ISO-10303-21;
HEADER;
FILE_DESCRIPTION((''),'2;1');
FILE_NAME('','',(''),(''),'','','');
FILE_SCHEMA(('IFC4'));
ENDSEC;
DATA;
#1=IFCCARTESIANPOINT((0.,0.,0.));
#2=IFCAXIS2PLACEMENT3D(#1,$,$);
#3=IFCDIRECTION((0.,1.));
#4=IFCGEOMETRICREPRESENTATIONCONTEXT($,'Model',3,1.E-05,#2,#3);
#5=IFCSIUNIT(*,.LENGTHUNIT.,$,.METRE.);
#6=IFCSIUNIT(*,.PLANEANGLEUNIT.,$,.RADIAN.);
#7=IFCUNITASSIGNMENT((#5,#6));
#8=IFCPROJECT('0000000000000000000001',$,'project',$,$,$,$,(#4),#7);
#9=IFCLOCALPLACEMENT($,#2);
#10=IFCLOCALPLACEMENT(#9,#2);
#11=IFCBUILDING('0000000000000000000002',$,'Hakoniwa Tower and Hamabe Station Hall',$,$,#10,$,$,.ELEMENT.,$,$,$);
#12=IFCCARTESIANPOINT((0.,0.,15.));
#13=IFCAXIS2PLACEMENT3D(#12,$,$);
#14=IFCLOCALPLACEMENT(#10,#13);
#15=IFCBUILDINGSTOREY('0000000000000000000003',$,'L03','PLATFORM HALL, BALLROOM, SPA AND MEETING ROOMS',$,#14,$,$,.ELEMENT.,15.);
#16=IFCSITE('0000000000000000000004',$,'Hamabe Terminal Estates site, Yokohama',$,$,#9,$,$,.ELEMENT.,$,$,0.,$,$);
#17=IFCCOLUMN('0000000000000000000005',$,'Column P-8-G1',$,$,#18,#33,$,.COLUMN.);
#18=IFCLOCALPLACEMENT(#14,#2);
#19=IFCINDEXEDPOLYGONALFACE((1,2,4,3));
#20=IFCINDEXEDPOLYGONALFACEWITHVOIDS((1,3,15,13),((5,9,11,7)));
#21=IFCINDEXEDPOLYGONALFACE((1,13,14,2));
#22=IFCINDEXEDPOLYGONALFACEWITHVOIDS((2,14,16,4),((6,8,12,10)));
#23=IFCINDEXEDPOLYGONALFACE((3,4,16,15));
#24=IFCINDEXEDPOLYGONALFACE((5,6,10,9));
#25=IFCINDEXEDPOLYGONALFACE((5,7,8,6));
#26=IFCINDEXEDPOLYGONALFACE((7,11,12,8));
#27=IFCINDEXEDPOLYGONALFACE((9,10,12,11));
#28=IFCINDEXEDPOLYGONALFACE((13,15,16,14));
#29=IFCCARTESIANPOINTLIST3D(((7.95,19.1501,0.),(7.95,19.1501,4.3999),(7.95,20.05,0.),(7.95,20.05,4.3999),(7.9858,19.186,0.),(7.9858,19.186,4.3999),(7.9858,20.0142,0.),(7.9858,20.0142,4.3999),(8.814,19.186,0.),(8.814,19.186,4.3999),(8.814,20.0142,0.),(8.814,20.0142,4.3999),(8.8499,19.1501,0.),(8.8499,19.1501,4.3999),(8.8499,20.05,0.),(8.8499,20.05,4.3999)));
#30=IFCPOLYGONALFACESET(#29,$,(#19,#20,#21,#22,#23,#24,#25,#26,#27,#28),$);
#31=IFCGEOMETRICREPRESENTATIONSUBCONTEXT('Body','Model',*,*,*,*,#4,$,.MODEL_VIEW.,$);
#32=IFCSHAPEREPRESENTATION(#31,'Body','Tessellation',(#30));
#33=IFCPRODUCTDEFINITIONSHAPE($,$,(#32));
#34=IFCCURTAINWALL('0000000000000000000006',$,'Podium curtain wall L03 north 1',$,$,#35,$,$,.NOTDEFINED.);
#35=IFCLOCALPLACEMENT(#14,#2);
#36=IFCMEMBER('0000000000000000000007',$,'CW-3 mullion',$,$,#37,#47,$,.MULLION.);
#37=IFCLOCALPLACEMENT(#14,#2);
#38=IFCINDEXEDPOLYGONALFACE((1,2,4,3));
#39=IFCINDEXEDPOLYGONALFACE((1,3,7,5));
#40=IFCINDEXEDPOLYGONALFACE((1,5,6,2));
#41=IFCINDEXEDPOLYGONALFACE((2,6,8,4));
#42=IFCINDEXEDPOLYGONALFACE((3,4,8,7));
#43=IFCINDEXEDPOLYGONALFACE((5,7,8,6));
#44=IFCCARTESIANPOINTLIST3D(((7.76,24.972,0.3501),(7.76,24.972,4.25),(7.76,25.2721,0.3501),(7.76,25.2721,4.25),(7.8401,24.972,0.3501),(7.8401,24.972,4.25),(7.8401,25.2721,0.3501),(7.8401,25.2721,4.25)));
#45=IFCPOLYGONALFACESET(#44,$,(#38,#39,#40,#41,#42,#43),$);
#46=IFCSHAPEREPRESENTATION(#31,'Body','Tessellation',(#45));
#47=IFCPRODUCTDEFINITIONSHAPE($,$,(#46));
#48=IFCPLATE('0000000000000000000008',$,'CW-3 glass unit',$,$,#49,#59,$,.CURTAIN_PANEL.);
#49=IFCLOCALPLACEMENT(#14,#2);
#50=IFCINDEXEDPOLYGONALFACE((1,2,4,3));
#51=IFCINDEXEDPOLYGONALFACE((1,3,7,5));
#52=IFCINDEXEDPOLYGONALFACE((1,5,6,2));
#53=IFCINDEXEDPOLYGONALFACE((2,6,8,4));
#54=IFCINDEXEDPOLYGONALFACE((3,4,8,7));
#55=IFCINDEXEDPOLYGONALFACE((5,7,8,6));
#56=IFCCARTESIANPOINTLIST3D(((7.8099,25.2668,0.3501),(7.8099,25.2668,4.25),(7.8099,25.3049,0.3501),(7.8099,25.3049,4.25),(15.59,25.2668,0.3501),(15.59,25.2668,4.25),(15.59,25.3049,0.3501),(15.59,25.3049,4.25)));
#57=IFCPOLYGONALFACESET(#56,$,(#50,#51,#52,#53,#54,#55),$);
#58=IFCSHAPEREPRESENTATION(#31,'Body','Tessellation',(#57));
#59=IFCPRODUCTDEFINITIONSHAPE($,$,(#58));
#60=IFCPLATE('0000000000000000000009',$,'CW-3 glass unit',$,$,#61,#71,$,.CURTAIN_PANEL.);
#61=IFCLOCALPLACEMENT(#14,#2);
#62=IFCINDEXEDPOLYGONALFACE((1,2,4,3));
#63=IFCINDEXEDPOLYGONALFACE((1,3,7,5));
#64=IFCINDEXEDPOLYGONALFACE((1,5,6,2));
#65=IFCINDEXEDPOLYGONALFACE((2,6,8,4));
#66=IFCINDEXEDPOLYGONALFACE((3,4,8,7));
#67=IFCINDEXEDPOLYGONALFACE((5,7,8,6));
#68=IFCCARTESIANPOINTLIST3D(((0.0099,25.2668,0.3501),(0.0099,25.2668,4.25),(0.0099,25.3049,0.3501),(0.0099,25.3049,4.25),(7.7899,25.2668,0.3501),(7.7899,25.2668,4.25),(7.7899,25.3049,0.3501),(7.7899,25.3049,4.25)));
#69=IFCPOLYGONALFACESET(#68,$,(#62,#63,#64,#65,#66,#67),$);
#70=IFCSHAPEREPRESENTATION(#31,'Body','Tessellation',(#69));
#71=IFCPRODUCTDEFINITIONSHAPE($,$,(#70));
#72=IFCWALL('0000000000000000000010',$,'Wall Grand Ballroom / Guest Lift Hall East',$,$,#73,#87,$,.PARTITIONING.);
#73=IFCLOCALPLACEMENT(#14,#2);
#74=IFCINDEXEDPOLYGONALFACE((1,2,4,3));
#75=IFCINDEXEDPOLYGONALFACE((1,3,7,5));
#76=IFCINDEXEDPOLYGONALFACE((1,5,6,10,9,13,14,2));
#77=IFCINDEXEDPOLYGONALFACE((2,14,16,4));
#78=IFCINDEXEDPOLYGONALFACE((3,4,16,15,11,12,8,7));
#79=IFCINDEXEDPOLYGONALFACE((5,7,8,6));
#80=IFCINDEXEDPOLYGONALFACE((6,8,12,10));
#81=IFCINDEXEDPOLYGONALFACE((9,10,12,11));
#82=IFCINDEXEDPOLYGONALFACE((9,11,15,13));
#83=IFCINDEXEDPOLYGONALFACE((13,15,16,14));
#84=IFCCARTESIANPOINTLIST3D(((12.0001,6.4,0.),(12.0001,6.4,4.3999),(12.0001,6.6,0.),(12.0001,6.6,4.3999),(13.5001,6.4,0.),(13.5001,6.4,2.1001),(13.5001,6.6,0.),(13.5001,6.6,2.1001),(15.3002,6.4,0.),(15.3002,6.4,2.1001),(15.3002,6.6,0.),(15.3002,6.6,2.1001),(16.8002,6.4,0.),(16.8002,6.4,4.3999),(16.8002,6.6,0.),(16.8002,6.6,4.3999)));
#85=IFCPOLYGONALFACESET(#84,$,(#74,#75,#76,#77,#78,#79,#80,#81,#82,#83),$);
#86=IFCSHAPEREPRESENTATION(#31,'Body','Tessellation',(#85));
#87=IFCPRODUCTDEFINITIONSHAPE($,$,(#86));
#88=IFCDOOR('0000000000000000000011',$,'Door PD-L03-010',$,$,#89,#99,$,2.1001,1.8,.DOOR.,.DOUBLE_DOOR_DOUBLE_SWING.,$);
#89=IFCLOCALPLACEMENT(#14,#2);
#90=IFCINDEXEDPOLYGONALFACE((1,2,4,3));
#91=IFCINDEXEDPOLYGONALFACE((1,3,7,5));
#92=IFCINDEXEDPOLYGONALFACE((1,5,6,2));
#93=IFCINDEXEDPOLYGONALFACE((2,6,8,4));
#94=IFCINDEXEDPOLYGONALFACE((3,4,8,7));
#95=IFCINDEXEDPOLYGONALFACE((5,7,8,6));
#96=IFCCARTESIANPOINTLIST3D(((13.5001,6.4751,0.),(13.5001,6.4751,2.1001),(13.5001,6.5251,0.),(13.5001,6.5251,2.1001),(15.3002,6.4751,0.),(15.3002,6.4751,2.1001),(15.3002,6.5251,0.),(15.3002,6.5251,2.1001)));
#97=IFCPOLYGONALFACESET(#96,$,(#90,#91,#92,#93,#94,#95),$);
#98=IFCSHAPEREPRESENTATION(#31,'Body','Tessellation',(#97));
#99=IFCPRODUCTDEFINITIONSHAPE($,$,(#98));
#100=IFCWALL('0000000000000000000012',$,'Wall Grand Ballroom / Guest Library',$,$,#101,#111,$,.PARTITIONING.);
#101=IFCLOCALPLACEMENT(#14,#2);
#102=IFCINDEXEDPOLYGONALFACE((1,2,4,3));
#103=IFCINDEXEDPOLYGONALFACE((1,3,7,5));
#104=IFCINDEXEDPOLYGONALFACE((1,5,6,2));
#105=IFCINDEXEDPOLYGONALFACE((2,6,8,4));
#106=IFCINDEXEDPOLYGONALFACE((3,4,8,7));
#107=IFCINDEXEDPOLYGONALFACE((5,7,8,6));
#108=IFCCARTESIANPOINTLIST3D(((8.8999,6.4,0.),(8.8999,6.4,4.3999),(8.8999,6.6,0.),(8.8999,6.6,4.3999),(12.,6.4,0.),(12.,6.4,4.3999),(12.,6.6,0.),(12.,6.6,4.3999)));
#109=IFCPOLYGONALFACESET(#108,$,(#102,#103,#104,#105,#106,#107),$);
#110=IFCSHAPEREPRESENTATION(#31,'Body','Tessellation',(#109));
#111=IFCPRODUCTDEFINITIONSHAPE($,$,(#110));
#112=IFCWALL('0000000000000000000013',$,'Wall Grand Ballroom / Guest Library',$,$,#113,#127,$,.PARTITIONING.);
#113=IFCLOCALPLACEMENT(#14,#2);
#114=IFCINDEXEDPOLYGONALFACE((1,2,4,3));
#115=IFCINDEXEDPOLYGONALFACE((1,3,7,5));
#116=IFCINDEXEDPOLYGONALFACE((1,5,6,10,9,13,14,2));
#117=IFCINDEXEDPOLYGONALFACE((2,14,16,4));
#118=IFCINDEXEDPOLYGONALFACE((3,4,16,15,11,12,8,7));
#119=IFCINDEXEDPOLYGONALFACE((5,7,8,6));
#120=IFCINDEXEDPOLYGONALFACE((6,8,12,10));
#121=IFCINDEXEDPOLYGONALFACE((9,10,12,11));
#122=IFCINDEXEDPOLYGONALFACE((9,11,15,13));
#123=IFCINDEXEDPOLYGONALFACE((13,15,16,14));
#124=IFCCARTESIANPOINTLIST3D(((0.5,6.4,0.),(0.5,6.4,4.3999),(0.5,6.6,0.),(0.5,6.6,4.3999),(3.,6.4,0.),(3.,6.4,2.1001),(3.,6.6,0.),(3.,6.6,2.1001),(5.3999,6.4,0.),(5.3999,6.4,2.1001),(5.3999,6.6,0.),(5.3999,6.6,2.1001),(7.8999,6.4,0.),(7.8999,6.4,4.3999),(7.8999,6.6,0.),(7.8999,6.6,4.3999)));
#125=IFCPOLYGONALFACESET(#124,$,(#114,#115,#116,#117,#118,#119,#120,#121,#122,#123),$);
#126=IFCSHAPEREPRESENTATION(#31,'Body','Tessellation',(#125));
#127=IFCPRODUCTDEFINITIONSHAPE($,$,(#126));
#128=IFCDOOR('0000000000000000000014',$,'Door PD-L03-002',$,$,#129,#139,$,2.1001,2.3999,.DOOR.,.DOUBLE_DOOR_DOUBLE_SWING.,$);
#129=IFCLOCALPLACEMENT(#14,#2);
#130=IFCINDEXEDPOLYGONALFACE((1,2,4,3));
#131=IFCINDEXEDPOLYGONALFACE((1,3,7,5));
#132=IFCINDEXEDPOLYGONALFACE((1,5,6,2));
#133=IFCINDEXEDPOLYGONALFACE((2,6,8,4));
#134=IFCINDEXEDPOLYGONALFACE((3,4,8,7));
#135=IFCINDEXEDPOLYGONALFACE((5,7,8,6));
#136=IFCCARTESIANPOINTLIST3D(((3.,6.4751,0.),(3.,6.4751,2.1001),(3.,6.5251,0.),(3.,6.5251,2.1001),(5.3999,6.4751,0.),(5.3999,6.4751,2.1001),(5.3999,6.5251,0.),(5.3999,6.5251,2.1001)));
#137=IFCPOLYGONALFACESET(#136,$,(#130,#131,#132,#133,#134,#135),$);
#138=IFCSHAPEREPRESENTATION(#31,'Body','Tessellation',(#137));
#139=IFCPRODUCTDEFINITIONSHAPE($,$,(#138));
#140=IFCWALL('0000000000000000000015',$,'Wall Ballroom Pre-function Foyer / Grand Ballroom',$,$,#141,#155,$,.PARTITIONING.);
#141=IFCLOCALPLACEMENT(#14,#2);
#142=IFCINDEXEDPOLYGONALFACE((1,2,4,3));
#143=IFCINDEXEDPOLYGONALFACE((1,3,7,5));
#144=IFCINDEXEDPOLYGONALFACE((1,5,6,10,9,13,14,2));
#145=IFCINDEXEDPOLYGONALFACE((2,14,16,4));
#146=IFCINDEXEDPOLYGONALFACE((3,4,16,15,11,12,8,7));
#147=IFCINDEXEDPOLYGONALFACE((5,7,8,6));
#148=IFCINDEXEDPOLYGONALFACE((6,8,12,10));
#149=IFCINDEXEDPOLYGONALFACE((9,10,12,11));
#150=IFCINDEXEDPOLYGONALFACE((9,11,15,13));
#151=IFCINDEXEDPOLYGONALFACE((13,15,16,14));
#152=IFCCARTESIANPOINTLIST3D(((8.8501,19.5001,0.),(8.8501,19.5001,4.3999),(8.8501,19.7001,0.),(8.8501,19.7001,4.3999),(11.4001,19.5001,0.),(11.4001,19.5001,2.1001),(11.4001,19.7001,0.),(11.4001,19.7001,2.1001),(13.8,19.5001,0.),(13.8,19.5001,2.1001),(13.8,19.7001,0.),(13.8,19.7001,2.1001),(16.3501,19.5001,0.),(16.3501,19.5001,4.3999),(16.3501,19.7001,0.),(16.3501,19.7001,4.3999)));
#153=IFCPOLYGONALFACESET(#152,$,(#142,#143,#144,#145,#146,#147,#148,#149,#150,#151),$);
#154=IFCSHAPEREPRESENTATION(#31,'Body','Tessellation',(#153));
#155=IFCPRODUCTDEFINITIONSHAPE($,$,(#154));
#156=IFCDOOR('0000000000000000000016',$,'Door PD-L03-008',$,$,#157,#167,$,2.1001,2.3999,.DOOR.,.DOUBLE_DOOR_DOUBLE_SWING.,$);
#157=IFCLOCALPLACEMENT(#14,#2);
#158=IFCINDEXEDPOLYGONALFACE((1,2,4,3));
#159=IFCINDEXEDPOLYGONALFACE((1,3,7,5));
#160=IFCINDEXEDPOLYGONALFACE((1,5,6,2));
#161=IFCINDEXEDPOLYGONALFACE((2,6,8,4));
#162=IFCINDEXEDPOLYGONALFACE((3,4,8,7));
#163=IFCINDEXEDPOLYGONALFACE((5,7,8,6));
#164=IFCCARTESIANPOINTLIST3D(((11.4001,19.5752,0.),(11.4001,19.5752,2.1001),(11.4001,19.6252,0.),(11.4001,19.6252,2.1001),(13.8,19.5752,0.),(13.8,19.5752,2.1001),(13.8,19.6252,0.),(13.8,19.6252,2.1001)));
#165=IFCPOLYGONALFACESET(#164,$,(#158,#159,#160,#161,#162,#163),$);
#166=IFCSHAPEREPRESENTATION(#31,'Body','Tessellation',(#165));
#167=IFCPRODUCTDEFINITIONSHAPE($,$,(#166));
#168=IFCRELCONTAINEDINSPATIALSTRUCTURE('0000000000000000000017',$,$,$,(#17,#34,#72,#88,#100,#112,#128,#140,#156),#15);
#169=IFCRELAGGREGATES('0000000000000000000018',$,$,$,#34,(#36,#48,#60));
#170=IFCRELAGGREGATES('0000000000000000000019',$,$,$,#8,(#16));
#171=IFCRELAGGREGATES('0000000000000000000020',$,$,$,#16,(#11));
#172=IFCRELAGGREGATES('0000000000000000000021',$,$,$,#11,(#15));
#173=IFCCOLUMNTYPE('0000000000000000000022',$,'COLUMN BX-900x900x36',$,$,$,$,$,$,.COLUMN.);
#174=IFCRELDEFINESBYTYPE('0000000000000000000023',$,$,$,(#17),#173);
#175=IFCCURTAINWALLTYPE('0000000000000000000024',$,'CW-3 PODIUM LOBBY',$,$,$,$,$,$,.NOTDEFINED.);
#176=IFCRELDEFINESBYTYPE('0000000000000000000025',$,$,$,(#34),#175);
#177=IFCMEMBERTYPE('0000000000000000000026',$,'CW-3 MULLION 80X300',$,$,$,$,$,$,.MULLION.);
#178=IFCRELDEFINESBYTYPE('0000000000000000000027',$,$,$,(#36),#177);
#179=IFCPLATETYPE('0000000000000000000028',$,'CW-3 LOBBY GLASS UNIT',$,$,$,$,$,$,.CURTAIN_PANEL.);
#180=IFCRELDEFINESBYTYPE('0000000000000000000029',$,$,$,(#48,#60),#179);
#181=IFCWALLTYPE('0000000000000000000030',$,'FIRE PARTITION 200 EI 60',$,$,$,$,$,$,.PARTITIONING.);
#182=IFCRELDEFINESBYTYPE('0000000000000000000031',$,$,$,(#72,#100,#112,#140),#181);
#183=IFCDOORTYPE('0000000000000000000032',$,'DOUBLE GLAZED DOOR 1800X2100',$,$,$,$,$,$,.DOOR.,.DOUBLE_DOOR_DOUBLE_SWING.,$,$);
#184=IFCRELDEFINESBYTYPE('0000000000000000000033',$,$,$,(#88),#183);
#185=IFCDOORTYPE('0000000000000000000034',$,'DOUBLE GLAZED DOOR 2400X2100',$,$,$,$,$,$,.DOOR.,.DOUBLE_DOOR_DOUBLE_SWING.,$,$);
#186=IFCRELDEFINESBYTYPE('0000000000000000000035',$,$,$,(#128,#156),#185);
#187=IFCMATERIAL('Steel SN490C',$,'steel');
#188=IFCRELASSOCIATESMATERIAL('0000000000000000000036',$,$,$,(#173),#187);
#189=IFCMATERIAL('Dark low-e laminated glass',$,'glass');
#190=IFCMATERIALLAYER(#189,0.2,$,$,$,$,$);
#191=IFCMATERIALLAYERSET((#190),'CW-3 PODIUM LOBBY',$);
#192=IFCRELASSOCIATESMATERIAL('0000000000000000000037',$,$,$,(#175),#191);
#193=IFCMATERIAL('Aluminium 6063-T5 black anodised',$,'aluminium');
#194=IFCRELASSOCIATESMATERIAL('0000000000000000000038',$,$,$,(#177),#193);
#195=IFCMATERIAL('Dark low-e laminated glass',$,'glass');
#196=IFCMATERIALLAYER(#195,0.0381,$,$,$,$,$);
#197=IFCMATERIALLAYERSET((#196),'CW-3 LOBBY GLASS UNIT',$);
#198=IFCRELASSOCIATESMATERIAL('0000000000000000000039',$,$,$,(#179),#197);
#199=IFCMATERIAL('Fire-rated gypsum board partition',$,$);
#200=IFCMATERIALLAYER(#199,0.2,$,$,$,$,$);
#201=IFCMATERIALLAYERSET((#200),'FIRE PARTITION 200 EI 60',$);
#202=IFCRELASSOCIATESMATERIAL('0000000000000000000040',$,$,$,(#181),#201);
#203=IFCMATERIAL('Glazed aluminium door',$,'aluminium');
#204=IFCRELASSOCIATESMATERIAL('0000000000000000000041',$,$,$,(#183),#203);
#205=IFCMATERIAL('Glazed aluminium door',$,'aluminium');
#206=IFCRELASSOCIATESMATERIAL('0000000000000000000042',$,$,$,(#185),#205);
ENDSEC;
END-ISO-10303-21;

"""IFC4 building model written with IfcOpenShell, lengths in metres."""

from ifc_helpers import new_model, si_unit, direction, frame, frame_2d, origin, origin_2d, place, context, subcontext, project, spatial, rectangle, hollow_rectangle, extrude, material, layer, layer_set, material_profile, profile_set, type_object, element, fill, aggregate, save


model = new_model("IFC4")

# Units and contexts
model_context = context("Model", 3, precision=1e-05, world=origin(), true_north=direction((0.0, 1.0)))
body_context = subcontext(model_context, "Body", "Model", "MODEL_VIEW")
ifc_project = project(units=[si_unit("LENGTHUNIT", "METRE"), si_unit("PLANEANGLEUNIT", "RADIAN")], contexts=[model_context])

# Site, building, storey
site_placement = place(None, origin())
site = spatial("IfcSite", under=ifc_project, at=site_placement, Name="Hamabe Terminal Estates site, Yokohama", CompositionType="ELEMENT", RefElevation=0.0)
building_placement = place(site_placement, origin())
building = spatial("IfcBuilding", under=site, at=building_placement, Name="Hakoniwa Tower and Hamabe Station Hall", CompositionType="ELEMENT")
storey_placement = place(building_placement, frame((0.0, 0.0, 15.0)))
storey = spatial("IfcBuildingStorey", under=building, at=storey_placement, Name="L03", Description="PLATFORM HALL, BALLROOM, SPA AND MEETING ROOMS", CompositionType="ELEMENT", Elevation=15.0)

# Column
ifc_material_1 = material(Name="Steel SN490C", Category="steel")
ifc_material_profile_1 = material_profile(ifc_material_1, hollow_rectangle(XDim=0.8999, YDim=0.8999, WallThickness=0.0359, at=origin_2d()), Name="BX-900x900x36")
ifc_profile_set_1 = profile_set([ifc_material_profile_1], Name="Steel SN490C")
column_type_1 = type_object("IfcColumnType", Name="COLUMN BX-900x900x36", PredefinedType="COLUMN", material=ifc_profile_set_1)
for number, where, z_axis, x_axis, name in (
    (1, (8.3999, 19.6001, 0.0), (0.0, 0.0, 1.0), (1.0, 0.0, 0.0), "Column P-8-G1"),
):
    element("IfcColumn", number, at=place(storey_placement, frame(where, z_axis=z_axis, x_axis=x_axis)), inside=storey, type_object=column_type_1, Name=name, PredefinedType="COLUMN", context=body_context, shape_type="SweptSolid", body=[
        extrude(hollow_rectangle(XDim=0.8999, YDim=0.8999, WallThickness=0.0359, at=origin_2d()), origin(), (0.0, 0.0, 1.0), 4.3999),
    ])

# Curtain wall, member, plates
ifc_material_2 = material(Name="Dark low-e laminated glass", Category="glass")
ifc_layer_1 = layer(ifc_material_2, 0.2)
ifc_layer_set_1 = layer_set([ifc_layer_1], Name="CW-3 PODIUM LOBBY")
curtain_wall_type = type_object("IfcCurtainWallType", Name="CW-3 PODIUM LOBBY", PredefinedType="NOTDEFINED", material=ifc_layer_set_1)
curtain_wall_placement = place(storey_placement, origin())
curtain_wall = element("IfcCurtainWall", 2, at=curtain_wall_placement, inside=storey, type_object=curtain_wall_type, Name="Podium curtain wall L03 north 1", PredefinedType="NOTDEFINED")
ifc_material_3 = material(Name="Aluminium 6063-T5 black anodised", Category="aluminium")
ifc_material_profile_2 = material_profile(ifc_material_3, rectangle(XDim=0.0801, YDim=0.3, at=origin_2d()), Name="CW-3 MULLION 80X300")
ifc_profile_set_2 = profile_set([ifc_material_profile_2], Name="Aluminium 6063-T5 black anodised")
member_type = type_object("IfcMemberType", Name="CW-3 MULLION 80X300", PredefinedType="MULLION", material=ifc_profile_set_2)
member_placement = place(storey_placement, frame((7.8, 25.1221, 0.3501), z_axis=(0.0, 0.0, 1.0), x_axis=(-1.0, 0.0, 0.0)))
member = element("IfcMember", 3, at=member_placement, type_object=member_type, Name="CW-3 mullion", PredefinedType="MULLION", context=body_context, shape_type="SweptSolid", body=[
    extrude(rectangle(XDim=0.0801, YDim=0.3, at=origin_2d()), origin(), (0.0, 0.0, 1.0), 3.8999),
])
ifc_material_4 = material(Name="Dark low-e laminated glass", Category="glass")
ifc_layer_2 = layer(ifc_material_4, 0.0381)
ifc_layer_set_2 = layer_set([ifc_layer_2], Name="CW-3 LOBBY GLASS UNIT")
plate_type = type_object("IfcPlateType", Name="CW-3 LOBBY GLASS UNIT", PredefinedType="CURTAIN_PANEL", material=ifc_layer_set_2)
plate_1_placement = place(storey_placement, frame((11.7, 25.2859, 0.3501), z_axis=(0.0, 0.0, 1.0), x_axis=(-1.0, 0.0, 0.0)))
plate_1 = element("IfcPlate", 4, at=plate_1_placement, type_object=plate_type, Name="CW-3 glass unit", PredefinedType="CURTAIN_PANEL", context=body_context, shape_type="SweptSolid", body=[
    extrude(rectangle(XDim=7.78, YDim=0.0381, at=origin_2d()), origin(), (0.0, 0.0, 1.0), 3.8999),
])
plate_2_placement = place(storey_placement, frame((3.8999, 25.2859, 0.3501), z_axis=(0.0, 0.0, 1.0), x_axis=(-1.0, 0.0, 0.0)))
plate_2 = element("IfcPlate", 5, at=plate_2_placement, type_object=plate_type, Name="CW-3 glass unit", PredefinedType="CURTAIN_PANEL", context=body_context, shape_type="SweptSolid", body=[
    extrude(rectangle(XDim=7.78, YDim=0.0381, at=origin_2d()), origin(), (0.0, 0.0, 1.0), 3.8999),
])
aggregate(curtain_wall, [member, plate_1, plate_2])

# Wall, opening, door
ifc_material_5 = material(Name="Fire-rated gypsum board partition")
ifc_layer_3 = layer(ifc_material_5, 0.2)
ifc_layer_set_3 = layer_set([ifc_layer_3], Name="FIRE PARTITION 200 EI 60")
wall_type = type_object("IfcWallType", Name="FIRE PARTITION 200 EI 60", PredefinedType="PARTITIONING", material=ifc_layer_set_3)
wall_1_placement = place(storey_placement, frame((16.8, 6.5, 0.0), z_axis=(0.0, 0.0, 1.0), x_axis=(-1.0, 0.0, 0.0)))
wall_1 = element("IfcWall", 6, at=wall_1_placement, inside=storey, type_object=wall_type, Name="Wall Grand Ballroom / Guest Lift Hall East", PredefinedType="PARTITIONING", context=body_context, shape_type="SweptSolid", body=[
    extrude(rectangle(XDim=4.8, YDim=0.2, at=frame_2d((2.3999, 0.0))), origin(), (0.0, 0.0, 1.0), 4.3999),
])
opening_1_placement = place(wall_1_placement, frame((1.5, 0.0, 0.0)))
opening_1 = element("IfcOpeningElement", 7, at=opening_1_placement, cuts=wall_1, PredefinedType="OPENING", context=body_context, shape_type="SweptSolid", body=[
    extrude(rectangle(XDim=1.8, YDim=2.1001, at=frame_2d((0.8999, 1.05))), frame((0.0, 0.1099, 0.0), z_axis=(0.0, -1.0, 0.0), x_axis=(1.0, 0.0, 0.0)), (0.0, 0.0, 1.0), 0.22),
])
ifc_material_6 = material(Name="Glazed aluminium door", Category="aluminium")
door_type_1 = type_object("IfcDoorType", Name="DOUBLE GLAZED DOOR 1800X2100", OperationType="DOUBLE_DOOR_DOUBLE_SWING", PredefinedType="DOOR", material=ifc_material_6)
door_1_placement = place(opening_1_placement, origin())
door_1 = element("IfcDoor", 8, at=door_1_placement, inside=storey, type_object=door_type_1, Name="Door PD-L03-010", OperationType="DOUBLE_DOOR_DOUBLE_SWING", OverallHeight=2.1001, OverallWidth=1.8, PredefinedType="DOOR", context=body_context, shape_type="SweptSolid", body=[
    extrude(rectangle(XDim=1.8, YDim=2.1001, at=frame_2d((0.8999, 1.05))), frame((0.0, 0.0249, 0.0), z_axis=(0.0, -1.0, 0.0), x_axis=(1.0, 0.0, 0.0)), (0.0, 0.0, 1.0), 0.05),
])
fill(opening_1, door_1)

# Wall
wall_2_placement = place(storey_placement, frame((12.0, 6.5, 0.0), z_axis=(0.0, 0.0, 1.0), x_axis=(-1.0, 0.0, 0.0)))
element("IfcWall", 9, at=wall_2_placement, inside=storey, type_object=wall_type, Name="Wall Grand Ballroom / Guest Library", PredefinedType="PARTITIONING", context=body_context, shape_type="SweptSolid", body=[
    extrude(rectangle(XDim=3.1001, YDim=0.2, at=frame_2d((1.55, 0.0))), origin(), (0.0, 0.0, 1.0), 4.3999),
])

# Walls, openings, doors
wall_3_placement = place(storey_placement, frame((7.8999, 6.5, 0.0), z_axis=(0.0, 0.0, 1.0), x_axis=(-1.0, 0.0, 0.0)))
wall_3 = element("IfcWall", 10, at=wall_3_placement, inside=storey, type_object=wall_type, Name="Wall Grand Ballroom / Guest Library", PredefinedType="PARTITIONING", context=body_context, shape_type="SweptSolid", body=[
    extrude(rectangle(XDim=7.3999, YDim=0.2, at=frame_2d((3.7, 0.0))), origin(), (0.0, 0.0, 1.0), 4.3999),
])
opening_2_placement = place(wall_3_placement, frame((2.5, 0.0, 0.0)))
opening_2 = element("IfcOpeningElement", 11, at=opening_2_placement, cuts=wall_3, PredefinedType="OPENING", context=body_context, shape_type="SweptSolid", body=[
    extrude(rectangle(XDim=2.3999, YDim=2.1001, at=frame_2d((1.2, 1.05))), frame((0.0, 0.1099, 0.0), z_axis=(0.0, -1.0, 0.0), x_axis=(1.0, 0.0, 0.0)), (0.0, 0.0, 1.0), 0.22),
])
ifc_material_7 = material(Name="Glazed aluminium door", Category="aluminium")
door_type_2 = type_object("IfcDoorType", Name="DOUBLE GLAZED DOOR 2400X2100", OperationType="DOUBLE_DOOR_DOUBLE_SWING", PredefinedType="DOOR", material=ifc_material_7)
door_2_placement = place(opening_2_placement, origin())
door_2 = element("IfcDoor", 12, at=door_2_placement, inside=storey, type_object=door_type_2, Name="Door PD-L03-002", OperationType="DOUBLE_DOOR_DOUBLE_SWING", OverallHeight=2.1001, OverallWidth=2.3999, PredefinedType="DOOR", context=body_context, shape_type="SweptSolid", body=[
    extrude(rectangle(XDim=2.3999, YDim=2.1001, at=frame_2d((1.2, 1.05))), frame((0.0, 0.0249, 0.0), z_axis=(0.0, -1.0, 0.0), x_axis=(1.0, 0.0, 0.0)), (0.0, 0.0, 1.0), 0.05),
])
fill(opening_2, door_2)
wall_4_placement = place(storey_placement, frame((16.3501, 19.6001, 0.0), z_axis=(0.0, 0.0, 1.0), x_axis=(-1.0, 0.0, 0.0)))
wall_4 = element("IfcWall", 13, at=wall_4_placement, inside=storey, type_object=wall_type, Name="Wall Ballroom Pre-function Foyer / Grand Ballroom", PredefinedType="PARTITIONING", context=body_context, shape_type="SweptSolid", body=[
    extrude(rectangle(XDim=7.5, YDim=0.2, at=frame_2d((3.75, 0.0))), origin(), (0.0, 0.0, 1.0), 4.3999),
])
opening_3_placement = place(wall_4_placement, frame((2.55, 0.0, 0.0)))
opening_3 = element("IfcOpeningElement", 14, at=opening_3_placement, cuts=wall_4, PredefinedType="OPENING", context=body_context, shape_type="SweptSolid", body=[
    extrude(rectangle(XDim=2.3999, YDim=2.1001, at=frame_2d((1.2, 1.05))), frame((0.0, 0.1099, 0.0), z_axis=(0.0, -1.0, 0.0), x_axis=(1.0, 0.0, 0.0)), (0.0, 0.0, 1.0), 0.22),
])
door_3_placement = place(opening_3_placement, origin())
door_3 = element("IfcDoor", 15, at=door_3_placement, inside=storey, type_object=door_type_2, Name="Door PD-L03-008", OperationType="DOUBLE_DOOR_DOUBLE_SWING", OverallHeight=2.1001, OverallWidth=2.3999, PredefinedType="DOOR", context=body_context, shape_type="SweptSolid", body=[
    extrude(rectangle(XDim=2.3999, YDim=2.1001, at=frame_2d((1.2, 1.05))), frame((0.0, 0.0249, 0.0), z_axis=(0.0, -1.0, 0.0), x_axis=(1.0, 0.0, 0.0)), (0.0, 0.0, 1.0), 0.05),
])
fill(opening_3, door_3)

save(model, "model.ifc")
